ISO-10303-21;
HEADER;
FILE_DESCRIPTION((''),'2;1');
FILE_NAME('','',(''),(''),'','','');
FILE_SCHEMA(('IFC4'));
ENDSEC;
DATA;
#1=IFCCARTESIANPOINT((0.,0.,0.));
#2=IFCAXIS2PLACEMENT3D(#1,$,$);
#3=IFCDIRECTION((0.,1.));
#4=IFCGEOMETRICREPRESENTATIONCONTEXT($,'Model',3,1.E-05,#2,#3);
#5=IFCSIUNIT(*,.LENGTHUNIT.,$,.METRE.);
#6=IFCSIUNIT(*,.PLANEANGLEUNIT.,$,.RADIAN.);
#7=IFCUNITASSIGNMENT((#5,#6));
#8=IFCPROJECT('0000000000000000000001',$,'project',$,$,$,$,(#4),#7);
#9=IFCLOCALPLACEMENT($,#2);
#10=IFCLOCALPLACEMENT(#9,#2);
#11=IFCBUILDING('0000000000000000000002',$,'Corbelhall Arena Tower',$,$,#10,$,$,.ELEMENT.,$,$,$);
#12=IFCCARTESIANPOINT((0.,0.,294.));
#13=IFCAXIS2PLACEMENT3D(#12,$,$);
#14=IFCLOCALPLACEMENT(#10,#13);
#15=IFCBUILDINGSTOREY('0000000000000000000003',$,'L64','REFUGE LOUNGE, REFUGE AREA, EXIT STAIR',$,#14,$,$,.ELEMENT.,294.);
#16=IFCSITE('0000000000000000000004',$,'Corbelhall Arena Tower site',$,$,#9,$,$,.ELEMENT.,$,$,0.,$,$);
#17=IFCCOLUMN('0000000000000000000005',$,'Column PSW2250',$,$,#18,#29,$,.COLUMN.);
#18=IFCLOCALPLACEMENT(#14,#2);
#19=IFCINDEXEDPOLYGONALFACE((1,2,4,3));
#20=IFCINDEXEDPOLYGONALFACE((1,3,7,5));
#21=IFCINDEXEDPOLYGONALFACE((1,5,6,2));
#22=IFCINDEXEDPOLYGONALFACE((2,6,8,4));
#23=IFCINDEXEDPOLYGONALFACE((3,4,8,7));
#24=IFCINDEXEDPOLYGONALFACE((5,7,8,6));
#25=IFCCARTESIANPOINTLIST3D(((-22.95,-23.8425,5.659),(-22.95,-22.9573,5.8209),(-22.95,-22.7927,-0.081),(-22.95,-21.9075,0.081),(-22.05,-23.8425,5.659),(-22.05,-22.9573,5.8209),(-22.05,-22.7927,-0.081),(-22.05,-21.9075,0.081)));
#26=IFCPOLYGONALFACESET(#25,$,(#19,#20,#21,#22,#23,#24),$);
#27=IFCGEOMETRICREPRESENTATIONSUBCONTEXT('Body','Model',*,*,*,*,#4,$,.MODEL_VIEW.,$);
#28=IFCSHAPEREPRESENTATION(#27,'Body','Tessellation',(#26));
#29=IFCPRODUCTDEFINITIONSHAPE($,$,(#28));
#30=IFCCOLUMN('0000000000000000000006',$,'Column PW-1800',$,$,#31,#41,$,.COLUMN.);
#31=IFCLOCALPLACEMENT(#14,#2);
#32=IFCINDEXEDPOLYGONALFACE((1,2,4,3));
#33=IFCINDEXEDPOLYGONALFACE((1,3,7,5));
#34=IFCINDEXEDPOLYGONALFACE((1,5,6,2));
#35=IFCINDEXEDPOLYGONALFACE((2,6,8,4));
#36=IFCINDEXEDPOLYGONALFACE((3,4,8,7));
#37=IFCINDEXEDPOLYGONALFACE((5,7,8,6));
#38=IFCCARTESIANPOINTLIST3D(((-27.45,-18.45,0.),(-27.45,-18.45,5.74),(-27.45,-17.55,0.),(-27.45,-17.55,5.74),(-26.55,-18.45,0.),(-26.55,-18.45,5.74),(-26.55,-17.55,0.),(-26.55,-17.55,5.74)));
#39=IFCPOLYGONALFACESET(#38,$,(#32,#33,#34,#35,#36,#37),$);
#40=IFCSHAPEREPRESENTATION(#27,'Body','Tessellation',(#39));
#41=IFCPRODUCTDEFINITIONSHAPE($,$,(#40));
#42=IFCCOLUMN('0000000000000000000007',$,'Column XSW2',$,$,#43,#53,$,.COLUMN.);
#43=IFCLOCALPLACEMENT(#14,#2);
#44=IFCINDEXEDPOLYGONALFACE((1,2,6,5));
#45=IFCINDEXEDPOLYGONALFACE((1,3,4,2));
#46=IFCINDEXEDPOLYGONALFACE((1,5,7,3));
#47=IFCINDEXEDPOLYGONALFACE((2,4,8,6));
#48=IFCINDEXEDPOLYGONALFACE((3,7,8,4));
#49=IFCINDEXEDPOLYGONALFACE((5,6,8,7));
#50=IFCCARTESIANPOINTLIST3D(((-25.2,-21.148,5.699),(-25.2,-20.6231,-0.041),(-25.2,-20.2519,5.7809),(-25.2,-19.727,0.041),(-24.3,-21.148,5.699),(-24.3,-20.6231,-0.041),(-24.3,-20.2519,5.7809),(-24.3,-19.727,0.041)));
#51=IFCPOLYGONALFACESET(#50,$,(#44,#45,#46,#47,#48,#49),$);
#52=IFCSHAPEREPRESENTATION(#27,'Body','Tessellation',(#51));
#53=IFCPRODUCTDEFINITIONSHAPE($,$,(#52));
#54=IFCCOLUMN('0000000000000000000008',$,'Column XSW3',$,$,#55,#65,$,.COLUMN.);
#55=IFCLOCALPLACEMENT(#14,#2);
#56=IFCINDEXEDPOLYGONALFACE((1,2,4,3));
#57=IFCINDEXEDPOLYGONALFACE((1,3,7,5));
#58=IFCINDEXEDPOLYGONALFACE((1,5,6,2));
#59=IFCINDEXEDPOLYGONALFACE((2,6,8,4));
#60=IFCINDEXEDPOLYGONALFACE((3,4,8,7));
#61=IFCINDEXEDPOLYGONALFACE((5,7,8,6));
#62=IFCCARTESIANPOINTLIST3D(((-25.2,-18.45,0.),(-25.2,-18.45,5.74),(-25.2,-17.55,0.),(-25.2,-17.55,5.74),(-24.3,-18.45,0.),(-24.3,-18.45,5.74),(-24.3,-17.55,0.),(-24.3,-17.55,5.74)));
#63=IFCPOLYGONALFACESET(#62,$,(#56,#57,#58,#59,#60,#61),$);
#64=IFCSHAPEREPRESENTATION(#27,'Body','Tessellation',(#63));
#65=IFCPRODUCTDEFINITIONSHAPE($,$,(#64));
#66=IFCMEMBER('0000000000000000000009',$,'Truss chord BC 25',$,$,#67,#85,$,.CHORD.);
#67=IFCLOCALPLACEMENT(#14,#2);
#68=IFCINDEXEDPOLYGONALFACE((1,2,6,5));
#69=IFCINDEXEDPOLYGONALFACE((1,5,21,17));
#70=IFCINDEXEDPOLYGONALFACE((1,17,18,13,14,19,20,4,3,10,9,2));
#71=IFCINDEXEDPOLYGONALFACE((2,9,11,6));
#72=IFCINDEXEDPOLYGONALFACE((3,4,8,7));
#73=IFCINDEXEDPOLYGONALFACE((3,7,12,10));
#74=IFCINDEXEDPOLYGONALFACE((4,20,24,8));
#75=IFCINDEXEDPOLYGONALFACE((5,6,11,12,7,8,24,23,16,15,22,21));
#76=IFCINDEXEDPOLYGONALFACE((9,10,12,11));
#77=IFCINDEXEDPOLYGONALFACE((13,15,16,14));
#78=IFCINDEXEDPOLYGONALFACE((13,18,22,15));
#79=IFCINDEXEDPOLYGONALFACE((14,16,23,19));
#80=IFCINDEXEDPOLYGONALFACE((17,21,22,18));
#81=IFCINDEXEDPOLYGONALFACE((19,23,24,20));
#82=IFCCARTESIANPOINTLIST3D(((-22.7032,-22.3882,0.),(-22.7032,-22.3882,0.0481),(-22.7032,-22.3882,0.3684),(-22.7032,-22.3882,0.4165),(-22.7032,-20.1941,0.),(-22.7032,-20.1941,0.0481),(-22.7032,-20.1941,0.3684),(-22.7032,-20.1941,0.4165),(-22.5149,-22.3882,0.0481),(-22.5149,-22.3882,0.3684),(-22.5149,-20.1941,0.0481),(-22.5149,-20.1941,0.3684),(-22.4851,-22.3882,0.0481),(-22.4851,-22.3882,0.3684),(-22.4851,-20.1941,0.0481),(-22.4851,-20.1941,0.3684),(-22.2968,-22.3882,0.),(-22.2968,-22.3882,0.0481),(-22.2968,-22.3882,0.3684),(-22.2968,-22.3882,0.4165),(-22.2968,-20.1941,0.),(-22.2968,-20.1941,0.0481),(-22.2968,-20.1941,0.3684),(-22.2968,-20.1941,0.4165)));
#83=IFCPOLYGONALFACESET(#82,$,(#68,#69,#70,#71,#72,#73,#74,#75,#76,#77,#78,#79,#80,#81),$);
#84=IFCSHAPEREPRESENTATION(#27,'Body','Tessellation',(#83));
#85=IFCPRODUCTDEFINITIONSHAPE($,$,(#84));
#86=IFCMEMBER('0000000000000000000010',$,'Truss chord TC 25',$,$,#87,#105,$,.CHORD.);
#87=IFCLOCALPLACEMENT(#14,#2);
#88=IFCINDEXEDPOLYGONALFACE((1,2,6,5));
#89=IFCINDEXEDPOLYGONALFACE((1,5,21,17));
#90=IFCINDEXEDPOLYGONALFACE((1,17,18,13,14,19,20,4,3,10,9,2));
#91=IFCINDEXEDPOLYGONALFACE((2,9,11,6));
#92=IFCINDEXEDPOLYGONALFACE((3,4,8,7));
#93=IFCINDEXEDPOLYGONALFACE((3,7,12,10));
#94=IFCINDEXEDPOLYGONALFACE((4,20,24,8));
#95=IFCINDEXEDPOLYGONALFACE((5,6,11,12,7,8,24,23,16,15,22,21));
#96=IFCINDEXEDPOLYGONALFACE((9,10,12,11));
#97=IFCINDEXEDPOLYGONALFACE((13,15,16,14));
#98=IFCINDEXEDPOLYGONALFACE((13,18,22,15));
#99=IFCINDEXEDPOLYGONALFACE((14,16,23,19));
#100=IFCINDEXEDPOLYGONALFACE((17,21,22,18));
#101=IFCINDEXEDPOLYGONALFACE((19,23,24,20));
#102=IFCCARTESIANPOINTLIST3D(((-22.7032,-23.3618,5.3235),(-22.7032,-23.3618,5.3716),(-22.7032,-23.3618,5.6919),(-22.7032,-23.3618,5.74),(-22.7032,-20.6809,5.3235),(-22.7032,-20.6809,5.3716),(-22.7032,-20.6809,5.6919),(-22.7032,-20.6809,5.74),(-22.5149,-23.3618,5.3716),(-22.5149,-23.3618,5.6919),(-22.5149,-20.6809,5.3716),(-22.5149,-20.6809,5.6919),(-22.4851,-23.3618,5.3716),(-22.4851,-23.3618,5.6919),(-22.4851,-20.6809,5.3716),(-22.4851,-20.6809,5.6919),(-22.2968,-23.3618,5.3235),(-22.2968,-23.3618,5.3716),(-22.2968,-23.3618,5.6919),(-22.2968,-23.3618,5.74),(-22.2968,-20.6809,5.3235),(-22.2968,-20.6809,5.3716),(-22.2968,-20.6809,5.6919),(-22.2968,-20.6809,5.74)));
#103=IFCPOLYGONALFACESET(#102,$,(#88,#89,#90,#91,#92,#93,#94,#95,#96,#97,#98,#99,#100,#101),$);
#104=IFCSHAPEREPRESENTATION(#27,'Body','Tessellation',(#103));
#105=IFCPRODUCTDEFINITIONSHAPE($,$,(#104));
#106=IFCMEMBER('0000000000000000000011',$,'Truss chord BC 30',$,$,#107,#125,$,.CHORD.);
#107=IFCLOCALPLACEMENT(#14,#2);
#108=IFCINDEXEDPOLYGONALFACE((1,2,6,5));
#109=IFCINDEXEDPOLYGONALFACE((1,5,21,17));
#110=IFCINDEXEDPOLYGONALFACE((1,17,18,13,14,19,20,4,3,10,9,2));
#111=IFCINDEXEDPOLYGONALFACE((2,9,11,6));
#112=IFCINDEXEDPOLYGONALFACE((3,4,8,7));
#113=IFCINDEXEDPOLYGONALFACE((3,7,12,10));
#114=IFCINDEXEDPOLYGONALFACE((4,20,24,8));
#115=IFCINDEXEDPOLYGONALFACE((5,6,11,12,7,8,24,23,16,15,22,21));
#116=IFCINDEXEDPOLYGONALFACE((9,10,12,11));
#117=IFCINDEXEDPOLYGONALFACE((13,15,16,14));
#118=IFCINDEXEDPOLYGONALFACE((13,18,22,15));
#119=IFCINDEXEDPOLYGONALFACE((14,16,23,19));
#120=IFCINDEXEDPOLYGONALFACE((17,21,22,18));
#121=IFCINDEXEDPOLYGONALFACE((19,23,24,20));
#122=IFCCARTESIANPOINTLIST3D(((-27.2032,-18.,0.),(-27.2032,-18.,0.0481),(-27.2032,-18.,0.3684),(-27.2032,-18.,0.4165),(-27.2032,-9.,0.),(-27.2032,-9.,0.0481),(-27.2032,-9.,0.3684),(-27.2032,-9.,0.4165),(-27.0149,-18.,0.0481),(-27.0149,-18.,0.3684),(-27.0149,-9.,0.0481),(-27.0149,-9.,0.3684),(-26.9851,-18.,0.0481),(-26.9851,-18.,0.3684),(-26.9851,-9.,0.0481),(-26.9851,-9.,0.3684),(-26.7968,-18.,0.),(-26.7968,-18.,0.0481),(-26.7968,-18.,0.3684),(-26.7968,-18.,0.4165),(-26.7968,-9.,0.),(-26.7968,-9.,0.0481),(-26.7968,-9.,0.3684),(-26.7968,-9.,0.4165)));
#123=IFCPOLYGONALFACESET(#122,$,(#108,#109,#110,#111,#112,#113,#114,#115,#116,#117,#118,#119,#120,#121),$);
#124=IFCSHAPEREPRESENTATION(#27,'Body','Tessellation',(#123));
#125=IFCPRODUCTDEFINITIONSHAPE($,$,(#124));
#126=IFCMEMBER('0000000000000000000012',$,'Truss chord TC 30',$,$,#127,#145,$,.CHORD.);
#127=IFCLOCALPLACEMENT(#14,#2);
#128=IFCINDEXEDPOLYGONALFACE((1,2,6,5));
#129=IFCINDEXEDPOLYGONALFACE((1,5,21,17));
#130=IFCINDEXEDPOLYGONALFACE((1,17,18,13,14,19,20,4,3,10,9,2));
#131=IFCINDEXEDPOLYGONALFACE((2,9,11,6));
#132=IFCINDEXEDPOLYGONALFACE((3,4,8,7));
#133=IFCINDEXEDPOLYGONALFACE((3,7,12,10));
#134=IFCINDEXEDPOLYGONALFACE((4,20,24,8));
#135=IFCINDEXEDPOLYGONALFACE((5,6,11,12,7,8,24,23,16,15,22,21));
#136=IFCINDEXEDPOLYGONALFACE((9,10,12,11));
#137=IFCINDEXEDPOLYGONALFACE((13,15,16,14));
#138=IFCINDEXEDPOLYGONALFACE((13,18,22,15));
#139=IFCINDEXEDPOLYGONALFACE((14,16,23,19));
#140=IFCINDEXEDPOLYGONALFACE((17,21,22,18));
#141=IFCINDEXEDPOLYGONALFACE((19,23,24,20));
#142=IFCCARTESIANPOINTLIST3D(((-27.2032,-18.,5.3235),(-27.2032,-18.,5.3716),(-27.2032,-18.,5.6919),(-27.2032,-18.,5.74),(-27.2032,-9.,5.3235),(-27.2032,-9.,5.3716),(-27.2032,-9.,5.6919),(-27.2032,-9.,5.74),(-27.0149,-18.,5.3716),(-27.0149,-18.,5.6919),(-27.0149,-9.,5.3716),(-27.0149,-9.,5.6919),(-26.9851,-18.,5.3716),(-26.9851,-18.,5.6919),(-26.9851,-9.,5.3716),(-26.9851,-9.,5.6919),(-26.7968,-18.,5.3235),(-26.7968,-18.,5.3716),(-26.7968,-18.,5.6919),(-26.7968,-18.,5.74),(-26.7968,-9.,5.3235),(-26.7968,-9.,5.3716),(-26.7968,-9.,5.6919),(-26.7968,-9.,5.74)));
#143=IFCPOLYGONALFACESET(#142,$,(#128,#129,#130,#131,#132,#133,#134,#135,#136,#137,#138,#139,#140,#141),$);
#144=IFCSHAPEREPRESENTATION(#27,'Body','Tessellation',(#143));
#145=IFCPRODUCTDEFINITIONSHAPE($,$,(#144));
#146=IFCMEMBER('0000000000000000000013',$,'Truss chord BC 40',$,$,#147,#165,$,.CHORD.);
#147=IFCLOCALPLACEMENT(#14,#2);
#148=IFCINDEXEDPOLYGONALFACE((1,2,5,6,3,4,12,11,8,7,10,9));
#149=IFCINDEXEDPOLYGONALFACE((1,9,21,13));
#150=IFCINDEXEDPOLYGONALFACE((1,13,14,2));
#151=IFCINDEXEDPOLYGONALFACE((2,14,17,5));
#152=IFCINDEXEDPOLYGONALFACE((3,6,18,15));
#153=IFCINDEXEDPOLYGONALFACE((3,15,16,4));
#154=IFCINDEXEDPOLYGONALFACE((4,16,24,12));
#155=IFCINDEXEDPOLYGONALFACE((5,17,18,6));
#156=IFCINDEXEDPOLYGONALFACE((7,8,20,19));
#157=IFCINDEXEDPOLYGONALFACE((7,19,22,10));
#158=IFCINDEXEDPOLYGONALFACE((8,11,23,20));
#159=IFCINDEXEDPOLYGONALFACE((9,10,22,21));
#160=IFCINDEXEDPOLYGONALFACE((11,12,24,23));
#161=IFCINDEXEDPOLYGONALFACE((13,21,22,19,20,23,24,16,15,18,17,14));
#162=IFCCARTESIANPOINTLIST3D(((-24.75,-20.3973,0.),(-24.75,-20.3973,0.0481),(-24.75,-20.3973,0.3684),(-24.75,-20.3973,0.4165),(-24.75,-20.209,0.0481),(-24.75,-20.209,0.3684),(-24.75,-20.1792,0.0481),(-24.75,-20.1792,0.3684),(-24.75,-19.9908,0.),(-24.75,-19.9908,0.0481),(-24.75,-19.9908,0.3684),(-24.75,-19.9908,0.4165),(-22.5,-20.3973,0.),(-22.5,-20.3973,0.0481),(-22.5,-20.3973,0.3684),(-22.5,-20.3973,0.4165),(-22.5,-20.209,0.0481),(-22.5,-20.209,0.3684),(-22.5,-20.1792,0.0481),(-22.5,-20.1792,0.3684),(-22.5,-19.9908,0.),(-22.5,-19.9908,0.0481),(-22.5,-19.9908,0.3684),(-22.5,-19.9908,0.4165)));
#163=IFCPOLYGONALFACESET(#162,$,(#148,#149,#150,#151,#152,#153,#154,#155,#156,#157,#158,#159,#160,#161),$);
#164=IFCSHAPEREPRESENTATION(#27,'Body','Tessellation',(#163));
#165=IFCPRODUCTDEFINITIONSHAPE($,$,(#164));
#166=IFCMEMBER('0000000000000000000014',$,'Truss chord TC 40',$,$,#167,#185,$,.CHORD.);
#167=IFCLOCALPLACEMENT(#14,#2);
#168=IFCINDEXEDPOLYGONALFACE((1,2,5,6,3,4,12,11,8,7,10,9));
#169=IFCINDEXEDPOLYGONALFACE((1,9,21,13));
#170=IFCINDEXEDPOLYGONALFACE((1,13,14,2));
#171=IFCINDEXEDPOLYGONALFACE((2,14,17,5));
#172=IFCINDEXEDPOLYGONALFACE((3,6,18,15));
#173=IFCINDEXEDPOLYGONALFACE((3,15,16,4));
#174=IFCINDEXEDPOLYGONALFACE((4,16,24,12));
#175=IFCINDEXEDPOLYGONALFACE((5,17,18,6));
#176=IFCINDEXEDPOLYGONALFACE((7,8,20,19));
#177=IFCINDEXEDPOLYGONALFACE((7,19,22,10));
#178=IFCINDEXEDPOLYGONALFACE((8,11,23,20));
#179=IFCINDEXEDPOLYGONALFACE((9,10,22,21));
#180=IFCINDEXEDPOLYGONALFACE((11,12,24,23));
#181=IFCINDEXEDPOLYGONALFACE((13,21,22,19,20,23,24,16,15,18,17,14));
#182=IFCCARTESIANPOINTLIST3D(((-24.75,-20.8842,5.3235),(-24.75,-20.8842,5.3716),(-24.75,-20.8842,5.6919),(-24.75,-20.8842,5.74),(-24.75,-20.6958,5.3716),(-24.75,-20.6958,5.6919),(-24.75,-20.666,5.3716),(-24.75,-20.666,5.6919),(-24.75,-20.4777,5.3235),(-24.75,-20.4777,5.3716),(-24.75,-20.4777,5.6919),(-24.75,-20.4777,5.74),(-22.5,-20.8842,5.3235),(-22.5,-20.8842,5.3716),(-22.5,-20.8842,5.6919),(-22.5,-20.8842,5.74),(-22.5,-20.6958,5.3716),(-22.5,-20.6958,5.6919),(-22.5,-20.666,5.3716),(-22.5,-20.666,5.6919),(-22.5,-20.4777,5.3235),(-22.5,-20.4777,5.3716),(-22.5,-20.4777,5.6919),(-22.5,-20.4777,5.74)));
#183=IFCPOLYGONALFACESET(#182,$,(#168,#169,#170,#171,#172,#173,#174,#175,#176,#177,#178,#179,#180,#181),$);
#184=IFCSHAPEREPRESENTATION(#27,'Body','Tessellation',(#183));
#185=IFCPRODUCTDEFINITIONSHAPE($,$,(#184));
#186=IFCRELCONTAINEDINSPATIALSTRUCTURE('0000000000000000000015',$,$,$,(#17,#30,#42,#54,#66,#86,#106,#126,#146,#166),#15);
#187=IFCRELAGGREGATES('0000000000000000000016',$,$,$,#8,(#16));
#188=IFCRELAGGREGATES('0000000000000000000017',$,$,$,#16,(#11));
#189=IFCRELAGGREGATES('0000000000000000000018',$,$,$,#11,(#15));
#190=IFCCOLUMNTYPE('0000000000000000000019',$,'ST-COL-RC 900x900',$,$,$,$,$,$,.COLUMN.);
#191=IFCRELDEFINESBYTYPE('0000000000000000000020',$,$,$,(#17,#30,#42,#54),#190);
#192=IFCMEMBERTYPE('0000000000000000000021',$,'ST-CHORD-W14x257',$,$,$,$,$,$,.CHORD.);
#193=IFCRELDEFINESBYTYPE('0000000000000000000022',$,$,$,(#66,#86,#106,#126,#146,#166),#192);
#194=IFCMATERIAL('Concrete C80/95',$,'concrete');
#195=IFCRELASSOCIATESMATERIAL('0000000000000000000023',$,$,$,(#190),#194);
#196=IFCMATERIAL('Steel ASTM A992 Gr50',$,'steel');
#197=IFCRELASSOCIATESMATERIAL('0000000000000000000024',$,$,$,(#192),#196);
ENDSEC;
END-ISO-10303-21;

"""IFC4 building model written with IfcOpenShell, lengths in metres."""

from ifc_helpers import new_model, si_unit, direction, frame, origin, origin_2d, place, context, subcontext, project, spatial, rectangle, i_section, extrude, material, material_profile, profile_set, type_object, element, save


model = new_model("IFC4")

# Units and contexts
model_context = context("Model", 3, precision=1e-05, world=origin(), true_north=direction((0.0, 1.0)))
body_context = subcontext(model_context, "Body", "Model", "MODEL_VIEW")
ifc_project = project(units=[si_unit("LENGTHUNIT", "METRE"), si_unit("PLANEANGLEUNIT", "RADIAN")], contexts=[model_context])

# Site, building, storey
site_placement = place(None, origin())
site = spatial("IfcSite", under=ifc_project, at=site_placement, Name="Corbelhall Arena Tower site", CompositionType="ELEMENT", RefElevation=0.0)
building_placement = place(site_placement, origin())
building = spatial("IfcBuilding", under=site, at=building_placement, Name="Corbelhall Arena Tower", CompositionType="ELEMENT")
storey_placement = place(building_placement, frame((0.0, 0.0, 294.0)))
storey = spatial("IfcBuildingStorey", under=building, at=storey_placement, Name="L64", Description="REFUGE LOUNGE, REFUGE AREA, EXIT STAIR", CompositionType="ELEMENT", Elevation=294.0)

# Columns
ifc_material_1 = material(Name="Concrete C80/95", Category="concrete")
ifc_material_profile_1 = material_profile(ifc_material_1, rectangle(XDim=0.8999, YDim=0.8999, at=origin_2d()))
ifc_profile_set_1 = profile_set([ifc_material_profile_1], Name="Concrete C80/95")
column_type = type_object("IfcColumnType", Name="ST-COL-RC 900x900", PredefinedType="COLUMN", material=ifc_profile_set_1)
column_1_placement = place(storey_placement, frame((-22.5, -22.3501, 0.0), z_axis=(0.0, -0.179909, 0.983683), x_axis=(1.0, 0.0, 0.0)))
element("IfcColumn", 1, at=column_1_placement, inside=storey, type_object=column_type, Name="Column PSW2250", PredefinedType="COLUMN", context=body_context, shape_type="SweptSolid", body=[
    extrude(rectangle(XDim=0.8999, YDim=0.8999, at=origin_2d()), origin(), (0.0, 0.0, 1.0), 5.8352),
])
column_2_placement = place(storey_placement, frame((-27.0, -18.0, 0.0), z_axis=(0.0, 0.0, 1.0), x_axis=(0.0, 1.0, 0.0)))
element("IfcColumn", 2, at=column_2_placement, inside=storey, type_object=column_type, Name="Column PW-1800", PredefinedType="COLUMN", context=body_context, shape_type="SweptSolid", body=[
    extrude(rectangle(XDim=0.8999, YDim=0.8999, at=origin_2d()), origin(), (0.0, 0.0, 1.0), 5.74),
])
column_3_placement = place(storey_placement, frame((-24.75, -20.175, 0.0), z_axis=(0.0, -0.091067, 0.995845), x_axis=(1.0, 0.0, 0.0)))
element("IfcColumn", 3, at=column_3_placement, inside=storey, type_object=column_type, Name="Column XSW2", PredefinedType="COLUMN", context=body_context, shape_type="SweptSolid", body=[
    extrude(rectangle(XDim=0.8999, YDim=0.8999, at=origin_2d()), origin(), (0.0, 0.0, 1.0), 5.7639),
])
column_4_placement = place(storey_placement, frame((-24.75, -18.0, 0.0), z_axis=(0.0, 0.0, 1.0), x_axis=(1.0, 0.0, 0.0)))
element("IfcColumn", 4, at=column_4_placement, inside=storey, type_object=column_type, Name="Column XSW3", PredefinedType="COLUMN", context=body_context, shape_type="SweptSolid", body=[
    extrude(rectangle(XDim=0.8999, YDim=0.8999, at=origin_2d()), origin(), (0.0, 0.0, 1.0), 5.74),
])

# Members
ifc_material_2 = material(Name="Steel ASTM A992 Gr50", Category="steel")
ifc_material_profile_2 = material_profile(ifc_material_2, i_section(OverallWidth=0.4065, OverallDepth=0.4165, WebThickness=0.0298, FlangeThickness=0.0481, at=origin_2d()))
ifc_profile_set_2 = profile_set([ifc_material_profile_2], Name="Steel ASTM A992 Gr50")
member_type_1 = type_object("IfcMemberType", Name="ST-CHORD-W14x257", PredefinedType="CHORD", material=ifc_profile_set_2)
member_1_placement = place(storey_placement, frame((-22.5, -22.3882, 0.2083), z_axis=(0.0, 1.0, 0.0), x_axis=(-1.0, 0.0, 0.0)))
element("IfcMember", 5, at=member_1_placement, inside=storey, type_object=member_type_1, Name="Truss chord BC 25", PredefinedType="CHORD", context=body_context, shape_type="SweptSolid", body=[
    extrude(i_section(OverallWidth=0.4065, OverallDepth=0.4165, WebThickness=0.0298, FlangeThickness=0.0481, at=origin_2d()), origin(), (0.0, 0.0, 1.0), 2.1941),
])
member_2_placement = place(storey_placement, frame((-22.5, -23.3618, 5.5317), z_axis=(0.0, 1.0, 0.0), x_axis=(-1.0, 0.0, 0.0)))
element("IfcMember", 6, at=member_2_placement, inside=storey, type_object=member_type_1, Name="Truss chord TC 25", PredefinedType="CHORD", context=body_context, shape_type="SweptSolid", body=[
    extrude(i_section(OverallWidth=0.4065, OverallDepth=0.4165, WebThickness=0.0298, FlangeThickness=0.0481, at=origin_2d()), origin(), (0.0, 0.0, 1.0), 2.6809),
])
for number, where, z_axis, x_axis, name in (
    (7, (-27.0, -18.0, 0.2083), (0.0, 1.0, 0.0), (-1.0, 0.0, 0.0), "Truss chord BC 30"),
    (8, (-27.0, -18.0, 5.5317), (0.0, 1.0, 0.0), (-1.0, 0.0, 0.0), "Truss chord TC 30"),
):
    element("IfcMember", number, at=place(storey_placement, frame(where, z_axis=z_axis, x_axis=x_axis)), inside=storey, type_object=member_type_1, Name=name, PredefinedType="CHORD", context=body_context, shape_type="SweptSolid", body=[
        extrude(i_section(OverallWidth=0.4065, OverallDepth=0.4165, WebThickness=0.0298, FlangeThickness=0.0481, at=origin_2d()), origin(), (0.0, 0.0, 1.0), 9.0),
    ])
for number, where, z_axis, x_axis, name in (
    (9, (-22.5, -20.1941, 0.2083), (-1.0, 0.0, 0.0), (0.0, -1.0, 0.0), "Truss chord BC 40"),
    (10, (-22.5, -20.6809, 5.5317), (-1.0, 0.0, 0.0), (0.0, -1.0, 0.0), "Truss chord TC 40"),
):
    element("IfcMember", number, at=place(storey_placement, frame(where, z_axis=z_axis, x_axis=x_axis)), inside=storey, type_object=member_type_1, Name=name, PredefinedType="CHORD", context=body_context, shape_type="SweptSolid", body=[
        extrude(i_section(OverallWidth=0.4065, OverallDepth=0.4165, WebThickness=0.0298, FlangeThickness=0.0481, at=origin_2d()), origin(), (0.0, 0.0, 1.0), 2.25),
    ])

save(model, "model.ifc")
